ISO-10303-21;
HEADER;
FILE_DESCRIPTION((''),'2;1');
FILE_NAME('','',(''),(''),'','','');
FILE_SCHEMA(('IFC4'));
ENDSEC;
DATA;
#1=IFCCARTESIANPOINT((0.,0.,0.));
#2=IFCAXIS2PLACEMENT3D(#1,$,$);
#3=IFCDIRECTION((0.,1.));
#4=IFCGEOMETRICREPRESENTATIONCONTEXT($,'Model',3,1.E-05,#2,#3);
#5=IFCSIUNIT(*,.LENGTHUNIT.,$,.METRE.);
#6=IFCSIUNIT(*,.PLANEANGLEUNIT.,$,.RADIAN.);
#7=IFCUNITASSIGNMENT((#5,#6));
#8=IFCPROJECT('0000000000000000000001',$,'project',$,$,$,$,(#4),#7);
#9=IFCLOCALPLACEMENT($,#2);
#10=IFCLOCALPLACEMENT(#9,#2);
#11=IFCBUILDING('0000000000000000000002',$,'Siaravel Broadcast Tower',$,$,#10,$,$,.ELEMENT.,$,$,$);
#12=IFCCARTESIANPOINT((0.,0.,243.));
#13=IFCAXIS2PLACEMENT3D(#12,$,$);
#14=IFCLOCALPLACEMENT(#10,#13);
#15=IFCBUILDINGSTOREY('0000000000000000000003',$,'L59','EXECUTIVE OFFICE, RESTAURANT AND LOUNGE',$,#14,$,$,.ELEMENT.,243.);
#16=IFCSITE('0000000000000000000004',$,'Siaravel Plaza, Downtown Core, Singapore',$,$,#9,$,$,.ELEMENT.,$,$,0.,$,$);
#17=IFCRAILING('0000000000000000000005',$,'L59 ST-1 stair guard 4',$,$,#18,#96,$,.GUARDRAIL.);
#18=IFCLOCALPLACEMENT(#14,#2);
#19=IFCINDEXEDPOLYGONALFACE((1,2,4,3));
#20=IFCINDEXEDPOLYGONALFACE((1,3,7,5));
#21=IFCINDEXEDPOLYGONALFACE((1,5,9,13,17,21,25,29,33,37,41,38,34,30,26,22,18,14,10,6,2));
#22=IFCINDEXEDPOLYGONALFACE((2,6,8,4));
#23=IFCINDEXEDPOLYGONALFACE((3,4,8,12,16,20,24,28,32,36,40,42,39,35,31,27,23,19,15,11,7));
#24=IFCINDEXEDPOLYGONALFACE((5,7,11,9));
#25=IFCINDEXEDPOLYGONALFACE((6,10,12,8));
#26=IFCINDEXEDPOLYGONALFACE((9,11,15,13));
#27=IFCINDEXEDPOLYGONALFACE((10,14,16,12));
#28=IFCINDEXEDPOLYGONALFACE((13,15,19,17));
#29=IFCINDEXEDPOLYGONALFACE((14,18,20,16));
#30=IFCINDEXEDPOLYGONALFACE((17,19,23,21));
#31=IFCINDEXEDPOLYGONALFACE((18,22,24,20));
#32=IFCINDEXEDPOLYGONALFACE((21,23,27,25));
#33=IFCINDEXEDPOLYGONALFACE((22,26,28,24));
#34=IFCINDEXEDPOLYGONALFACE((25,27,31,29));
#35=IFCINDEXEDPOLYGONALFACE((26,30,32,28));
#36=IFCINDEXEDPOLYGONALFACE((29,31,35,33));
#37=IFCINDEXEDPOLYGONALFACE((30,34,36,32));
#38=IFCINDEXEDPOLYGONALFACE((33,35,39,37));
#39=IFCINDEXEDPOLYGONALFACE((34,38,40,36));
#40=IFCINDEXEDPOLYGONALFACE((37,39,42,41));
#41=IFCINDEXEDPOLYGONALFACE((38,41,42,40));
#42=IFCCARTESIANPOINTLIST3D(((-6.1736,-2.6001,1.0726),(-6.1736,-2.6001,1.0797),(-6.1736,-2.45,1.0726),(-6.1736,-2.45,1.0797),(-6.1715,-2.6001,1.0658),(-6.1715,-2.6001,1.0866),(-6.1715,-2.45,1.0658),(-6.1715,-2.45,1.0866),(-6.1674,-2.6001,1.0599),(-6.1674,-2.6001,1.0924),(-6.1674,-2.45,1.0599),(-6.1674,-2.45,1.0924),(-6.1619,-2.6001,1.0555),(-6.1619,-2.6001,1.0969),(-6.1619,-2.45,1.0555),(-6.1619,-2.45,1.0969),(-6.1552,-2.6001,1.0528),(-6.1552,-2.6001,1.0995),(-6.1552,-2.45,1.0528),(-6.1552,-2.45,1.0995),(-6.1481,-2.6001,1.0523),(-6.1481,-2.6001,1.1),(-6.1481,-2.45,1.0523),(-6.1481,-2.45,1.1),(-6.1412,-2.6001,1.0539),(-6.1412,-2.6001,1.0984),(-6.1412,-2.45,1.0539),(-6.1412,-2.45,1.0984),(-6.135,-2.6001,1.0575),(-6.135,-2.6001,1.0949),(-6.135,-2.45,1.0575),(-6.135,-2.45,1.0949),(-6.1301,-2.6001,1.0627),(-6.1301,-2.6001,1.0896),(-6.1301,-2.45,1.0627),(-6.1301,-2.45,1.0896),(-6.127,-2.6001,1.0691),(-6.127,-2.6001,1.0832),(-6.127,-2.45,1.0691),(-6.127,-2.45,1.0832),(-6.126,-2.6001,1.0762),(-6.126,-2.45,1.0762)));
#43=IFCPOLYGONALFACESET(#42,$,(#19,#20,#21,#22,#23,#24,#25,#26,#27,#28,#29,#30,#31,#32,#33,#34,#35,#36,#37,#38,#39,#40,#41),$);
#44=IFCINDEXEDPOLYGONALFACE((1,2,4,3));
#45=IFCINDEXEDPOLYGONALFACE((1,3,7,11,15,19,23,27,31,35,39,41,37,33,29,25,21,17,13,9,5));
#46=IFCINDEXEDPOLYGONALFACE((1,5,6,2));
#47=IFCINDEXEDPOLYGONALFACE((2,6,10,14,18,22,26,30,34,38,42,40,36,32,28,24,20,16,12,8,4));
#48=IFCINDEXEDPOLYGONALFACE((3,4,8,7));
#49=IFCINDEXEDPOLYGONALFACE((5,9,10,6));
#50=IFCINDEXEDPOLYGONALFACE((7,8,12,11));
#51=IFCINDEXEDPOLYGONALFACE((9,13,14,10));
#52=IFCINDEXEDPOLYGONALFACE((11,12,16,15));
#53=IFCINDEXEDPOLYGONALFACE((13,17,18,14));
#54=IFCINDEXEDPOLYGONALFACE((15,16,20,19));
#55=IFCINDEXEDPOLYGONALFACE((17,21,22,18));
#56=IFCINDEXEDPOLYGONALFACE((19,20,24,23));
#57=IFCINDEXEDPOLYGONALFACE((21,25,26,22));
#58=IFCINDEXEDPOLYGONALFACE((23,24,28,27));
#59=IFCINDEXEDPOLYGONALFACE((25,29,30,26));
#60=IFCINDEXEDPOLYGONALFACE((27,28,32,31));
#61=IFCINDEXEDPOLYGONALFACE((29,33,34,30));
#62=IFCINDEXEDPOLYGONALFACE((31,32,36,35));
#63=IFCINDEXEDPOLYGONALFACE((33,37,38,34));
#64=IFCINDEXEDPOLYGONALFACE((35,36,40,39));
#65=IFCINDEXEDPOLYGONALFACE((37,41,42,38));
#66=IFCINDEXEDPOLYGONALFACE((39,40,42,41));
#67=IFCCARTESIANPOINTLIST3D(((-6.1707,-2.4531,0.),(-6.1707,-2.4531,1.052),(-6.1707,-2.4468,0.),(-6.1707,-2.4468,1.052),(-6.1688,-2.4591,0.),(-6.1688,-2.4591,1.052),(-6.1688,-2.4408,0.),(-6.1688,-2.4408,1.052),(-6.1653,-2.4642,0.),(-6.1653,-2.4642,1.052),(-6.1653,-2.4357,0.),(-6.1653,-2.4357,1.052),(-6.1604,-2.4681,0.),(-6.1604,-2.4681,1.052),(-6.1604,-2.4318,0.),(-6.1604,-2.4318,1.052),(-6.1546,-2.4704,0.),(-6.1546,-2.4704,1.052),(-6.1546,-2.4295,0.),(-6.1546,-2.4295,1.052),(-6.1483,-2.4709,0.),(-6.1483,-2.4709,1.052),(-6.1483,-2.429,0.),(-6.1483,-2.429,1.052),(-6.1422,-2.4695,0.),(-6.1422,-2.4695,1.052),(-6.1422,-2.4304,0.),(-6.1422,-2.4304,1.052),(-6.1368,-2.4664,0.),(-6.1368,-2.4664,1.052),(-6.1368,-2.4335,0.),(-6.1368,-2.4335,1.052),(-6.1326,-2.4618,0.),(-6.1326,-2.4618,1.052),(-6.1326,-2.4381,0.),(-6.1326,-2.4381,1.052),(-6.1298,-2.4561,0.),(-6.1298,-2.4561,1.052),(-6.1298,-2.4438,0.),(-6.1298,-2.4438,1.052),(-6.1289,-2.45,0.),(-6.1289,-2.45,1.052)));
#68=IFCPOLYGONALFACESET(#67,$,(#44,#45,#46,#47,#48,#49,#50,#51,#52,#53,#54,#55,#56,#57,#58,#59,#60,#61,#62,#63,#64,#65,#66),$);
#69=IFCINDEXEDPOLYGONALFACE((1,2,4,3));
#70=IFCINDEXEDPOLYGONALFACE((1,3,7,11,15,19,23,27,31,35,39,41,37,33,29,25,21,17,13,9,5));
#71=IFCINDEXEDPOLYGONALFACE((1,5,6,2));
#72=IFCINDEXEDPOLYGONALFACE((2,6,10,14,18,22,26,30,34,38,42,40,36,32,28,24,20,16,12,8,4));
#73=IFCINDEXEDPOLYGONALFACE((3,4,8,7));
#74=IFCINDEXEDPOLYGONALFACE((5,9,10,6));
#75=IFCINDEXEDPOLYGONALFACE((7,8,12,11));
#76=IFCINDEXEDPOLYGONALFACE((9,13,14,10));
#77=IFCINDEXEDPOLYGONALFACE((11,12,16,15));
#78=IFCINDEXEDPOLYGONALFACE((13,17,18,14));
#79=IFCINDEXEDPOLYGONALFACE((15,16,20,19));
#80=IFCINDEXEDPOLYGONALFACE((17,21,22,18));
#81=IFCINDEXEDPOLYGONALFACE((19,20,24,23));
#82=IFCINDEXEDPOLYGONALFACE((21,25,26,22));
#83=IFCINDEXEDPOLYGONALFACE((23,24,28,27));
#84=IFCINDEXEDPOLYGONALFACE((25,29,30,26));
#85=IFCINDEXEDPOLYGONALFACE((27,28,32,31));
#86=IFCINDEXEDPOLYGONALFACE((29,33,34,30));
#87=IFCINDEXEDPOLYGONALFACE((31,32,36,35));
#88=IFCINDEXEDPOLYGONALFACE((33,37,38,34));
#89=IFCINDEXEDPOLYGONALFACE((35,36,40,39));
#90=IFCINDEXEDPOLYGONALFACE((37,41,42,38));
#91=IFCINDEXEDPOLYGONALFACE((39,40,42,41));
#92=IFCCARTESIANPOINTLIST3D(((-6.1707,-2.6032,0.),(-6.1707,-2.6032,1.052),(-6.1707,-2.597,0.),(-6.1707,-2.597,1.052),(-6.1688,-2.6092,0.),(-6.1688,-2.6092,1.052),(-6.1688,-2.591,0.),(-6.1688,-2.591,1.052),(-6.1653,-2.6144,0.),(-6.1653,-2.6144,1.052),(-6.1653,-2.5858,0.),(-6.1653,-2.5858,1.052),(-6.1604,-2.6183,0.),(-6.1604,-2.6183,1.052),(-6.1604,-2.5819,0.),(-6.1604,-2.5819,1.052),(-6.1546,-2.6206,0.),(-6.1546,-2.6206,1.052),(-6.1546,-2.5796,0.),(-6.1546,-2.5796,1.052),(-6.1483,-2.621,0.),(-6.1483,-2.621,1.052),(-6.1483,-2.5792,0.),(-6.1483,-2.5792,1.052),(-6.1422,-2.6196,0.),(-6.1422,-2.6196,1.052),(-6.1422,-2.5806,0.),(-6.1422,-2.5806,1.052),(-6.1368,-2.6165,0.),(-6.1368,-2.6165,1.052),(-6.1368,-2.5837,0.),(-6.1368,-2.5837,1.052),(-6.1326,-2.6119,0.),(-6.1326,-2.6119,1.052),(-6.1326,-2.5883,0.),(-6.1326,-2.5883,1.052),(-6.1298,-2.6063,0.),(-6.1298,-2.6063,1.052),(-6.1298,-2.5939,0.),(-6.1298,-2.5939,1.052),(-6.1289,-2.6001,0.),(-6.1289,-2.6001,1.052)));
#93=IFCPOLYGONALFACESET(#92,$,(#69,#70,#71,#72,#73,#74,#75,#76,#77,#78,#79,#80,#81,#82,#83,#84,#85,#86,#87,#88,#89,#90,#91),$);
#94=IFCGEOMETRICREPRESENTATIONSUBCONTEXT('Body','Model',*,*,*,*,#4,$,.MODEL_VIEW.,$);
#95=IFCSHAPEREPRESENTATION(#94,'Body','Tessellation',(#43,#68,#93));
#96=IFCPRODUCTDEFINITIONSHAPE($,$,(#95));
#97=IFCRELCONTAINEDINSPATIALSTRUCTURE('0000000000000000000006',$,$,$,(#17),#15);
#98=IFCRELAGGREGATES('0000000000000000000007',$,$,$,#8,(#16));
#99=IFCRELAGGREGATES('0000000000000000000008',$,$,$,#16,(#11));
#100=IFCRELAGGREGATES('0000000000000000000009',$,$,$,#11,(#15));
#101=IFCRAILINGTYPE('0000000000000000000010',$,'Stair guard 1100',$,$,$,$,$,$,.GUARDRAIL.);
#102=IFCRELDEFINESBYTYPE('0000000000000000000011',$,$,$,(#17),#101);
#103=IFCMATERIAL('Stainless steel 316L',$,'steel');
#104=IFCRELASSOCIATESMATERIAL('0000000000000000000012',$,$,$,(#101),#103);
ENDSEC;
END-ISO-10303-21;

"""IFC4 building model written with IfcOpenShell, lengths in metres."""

from ifc_helpers import new_model, si_unit, direction, frame, origin, origin_2d, place, context, subcontext, project, spatial, circle, extrude, material, type_object, element, save


model = new_model("IFC4")

# Units and contexts
model_context = context("Model", 3, precision=1e-05, world=origin(), true_north=direction((0.0, 1.0)))
body_context = subcontext(model_context, "Body", "Model", "MODEL_VIEW")
ifc_project = project(units=[si_unit("LENGTHUNIT", "METRE"), si_unit("PLANEANGLEUNIT", "RADIAN")], contexts=[model_context])

# Site, building, storey
site_placement = place(None, origin())
site = spatial("IfcSite", under=ifc_project, at=site_placement, Name="Siaravel Plaza, Downtown Core, Singapore", CompositionType="ELEMENT", RefElevation=0.0)
building_placement = place(site_placement, origin())
building = spatial("IfcBuilding", under=site, at=building_placement, Name="Siaravel Broadcast Tower", CompositionType="ELEMENT")
storey_placement = place(building_placement, frame((0.0, 0.0, 243.0)))
storey = spatial("IfcBuildingStorey", under=building, at=storey_placement, Name="L59", Description="EXECUTIVE OFFICE, RESTAURANT AND LOUNGE", CompositionType="ELEMENT", Elevation=243.0)

# Shared definitions
ifc_material_1 = material(Name="Stainless steel 316L", Category="steel")

# Railing
railing_type_1 = type_object("IfcRailingType", Name="Stair guard 1100", PredefinedType="GUARDRAIL", material=ifc_material_1)
railing_1_placement = place(storey_placement, frame((-6.1499, -2.45, 0.0)))
element("IfcRailing", 1, at=railing_1_placement, inside=storey, type_object=railing_type_1, Name="L59 ST-1 stair guard 4", PredefinedType="GUARDRAIL", context=body_context, shape_type="SweptSolid", body=[
    extrude(circle(Radius=0.0239, at=origin_2d()), frame((0.0, 0.0, 1.0762), z_axis=(0.0, -1.0, 0.0), x_axis=(1.0, 0.0, 0.0)), (0.0, 0.0, 1.0), 0.1501),
    extrude(circle(Radius=0.021, at=origin_2d()), origin(), (0.0, 0.0, 1.0), 1.052),
    extrude(circle(Radius=0.021, at=origin_2d()), frame((0.0, -0.1501, 0.0)), (0.0, 0.0, 1.0), 1.052),
])

save(model, "model.ifc")
